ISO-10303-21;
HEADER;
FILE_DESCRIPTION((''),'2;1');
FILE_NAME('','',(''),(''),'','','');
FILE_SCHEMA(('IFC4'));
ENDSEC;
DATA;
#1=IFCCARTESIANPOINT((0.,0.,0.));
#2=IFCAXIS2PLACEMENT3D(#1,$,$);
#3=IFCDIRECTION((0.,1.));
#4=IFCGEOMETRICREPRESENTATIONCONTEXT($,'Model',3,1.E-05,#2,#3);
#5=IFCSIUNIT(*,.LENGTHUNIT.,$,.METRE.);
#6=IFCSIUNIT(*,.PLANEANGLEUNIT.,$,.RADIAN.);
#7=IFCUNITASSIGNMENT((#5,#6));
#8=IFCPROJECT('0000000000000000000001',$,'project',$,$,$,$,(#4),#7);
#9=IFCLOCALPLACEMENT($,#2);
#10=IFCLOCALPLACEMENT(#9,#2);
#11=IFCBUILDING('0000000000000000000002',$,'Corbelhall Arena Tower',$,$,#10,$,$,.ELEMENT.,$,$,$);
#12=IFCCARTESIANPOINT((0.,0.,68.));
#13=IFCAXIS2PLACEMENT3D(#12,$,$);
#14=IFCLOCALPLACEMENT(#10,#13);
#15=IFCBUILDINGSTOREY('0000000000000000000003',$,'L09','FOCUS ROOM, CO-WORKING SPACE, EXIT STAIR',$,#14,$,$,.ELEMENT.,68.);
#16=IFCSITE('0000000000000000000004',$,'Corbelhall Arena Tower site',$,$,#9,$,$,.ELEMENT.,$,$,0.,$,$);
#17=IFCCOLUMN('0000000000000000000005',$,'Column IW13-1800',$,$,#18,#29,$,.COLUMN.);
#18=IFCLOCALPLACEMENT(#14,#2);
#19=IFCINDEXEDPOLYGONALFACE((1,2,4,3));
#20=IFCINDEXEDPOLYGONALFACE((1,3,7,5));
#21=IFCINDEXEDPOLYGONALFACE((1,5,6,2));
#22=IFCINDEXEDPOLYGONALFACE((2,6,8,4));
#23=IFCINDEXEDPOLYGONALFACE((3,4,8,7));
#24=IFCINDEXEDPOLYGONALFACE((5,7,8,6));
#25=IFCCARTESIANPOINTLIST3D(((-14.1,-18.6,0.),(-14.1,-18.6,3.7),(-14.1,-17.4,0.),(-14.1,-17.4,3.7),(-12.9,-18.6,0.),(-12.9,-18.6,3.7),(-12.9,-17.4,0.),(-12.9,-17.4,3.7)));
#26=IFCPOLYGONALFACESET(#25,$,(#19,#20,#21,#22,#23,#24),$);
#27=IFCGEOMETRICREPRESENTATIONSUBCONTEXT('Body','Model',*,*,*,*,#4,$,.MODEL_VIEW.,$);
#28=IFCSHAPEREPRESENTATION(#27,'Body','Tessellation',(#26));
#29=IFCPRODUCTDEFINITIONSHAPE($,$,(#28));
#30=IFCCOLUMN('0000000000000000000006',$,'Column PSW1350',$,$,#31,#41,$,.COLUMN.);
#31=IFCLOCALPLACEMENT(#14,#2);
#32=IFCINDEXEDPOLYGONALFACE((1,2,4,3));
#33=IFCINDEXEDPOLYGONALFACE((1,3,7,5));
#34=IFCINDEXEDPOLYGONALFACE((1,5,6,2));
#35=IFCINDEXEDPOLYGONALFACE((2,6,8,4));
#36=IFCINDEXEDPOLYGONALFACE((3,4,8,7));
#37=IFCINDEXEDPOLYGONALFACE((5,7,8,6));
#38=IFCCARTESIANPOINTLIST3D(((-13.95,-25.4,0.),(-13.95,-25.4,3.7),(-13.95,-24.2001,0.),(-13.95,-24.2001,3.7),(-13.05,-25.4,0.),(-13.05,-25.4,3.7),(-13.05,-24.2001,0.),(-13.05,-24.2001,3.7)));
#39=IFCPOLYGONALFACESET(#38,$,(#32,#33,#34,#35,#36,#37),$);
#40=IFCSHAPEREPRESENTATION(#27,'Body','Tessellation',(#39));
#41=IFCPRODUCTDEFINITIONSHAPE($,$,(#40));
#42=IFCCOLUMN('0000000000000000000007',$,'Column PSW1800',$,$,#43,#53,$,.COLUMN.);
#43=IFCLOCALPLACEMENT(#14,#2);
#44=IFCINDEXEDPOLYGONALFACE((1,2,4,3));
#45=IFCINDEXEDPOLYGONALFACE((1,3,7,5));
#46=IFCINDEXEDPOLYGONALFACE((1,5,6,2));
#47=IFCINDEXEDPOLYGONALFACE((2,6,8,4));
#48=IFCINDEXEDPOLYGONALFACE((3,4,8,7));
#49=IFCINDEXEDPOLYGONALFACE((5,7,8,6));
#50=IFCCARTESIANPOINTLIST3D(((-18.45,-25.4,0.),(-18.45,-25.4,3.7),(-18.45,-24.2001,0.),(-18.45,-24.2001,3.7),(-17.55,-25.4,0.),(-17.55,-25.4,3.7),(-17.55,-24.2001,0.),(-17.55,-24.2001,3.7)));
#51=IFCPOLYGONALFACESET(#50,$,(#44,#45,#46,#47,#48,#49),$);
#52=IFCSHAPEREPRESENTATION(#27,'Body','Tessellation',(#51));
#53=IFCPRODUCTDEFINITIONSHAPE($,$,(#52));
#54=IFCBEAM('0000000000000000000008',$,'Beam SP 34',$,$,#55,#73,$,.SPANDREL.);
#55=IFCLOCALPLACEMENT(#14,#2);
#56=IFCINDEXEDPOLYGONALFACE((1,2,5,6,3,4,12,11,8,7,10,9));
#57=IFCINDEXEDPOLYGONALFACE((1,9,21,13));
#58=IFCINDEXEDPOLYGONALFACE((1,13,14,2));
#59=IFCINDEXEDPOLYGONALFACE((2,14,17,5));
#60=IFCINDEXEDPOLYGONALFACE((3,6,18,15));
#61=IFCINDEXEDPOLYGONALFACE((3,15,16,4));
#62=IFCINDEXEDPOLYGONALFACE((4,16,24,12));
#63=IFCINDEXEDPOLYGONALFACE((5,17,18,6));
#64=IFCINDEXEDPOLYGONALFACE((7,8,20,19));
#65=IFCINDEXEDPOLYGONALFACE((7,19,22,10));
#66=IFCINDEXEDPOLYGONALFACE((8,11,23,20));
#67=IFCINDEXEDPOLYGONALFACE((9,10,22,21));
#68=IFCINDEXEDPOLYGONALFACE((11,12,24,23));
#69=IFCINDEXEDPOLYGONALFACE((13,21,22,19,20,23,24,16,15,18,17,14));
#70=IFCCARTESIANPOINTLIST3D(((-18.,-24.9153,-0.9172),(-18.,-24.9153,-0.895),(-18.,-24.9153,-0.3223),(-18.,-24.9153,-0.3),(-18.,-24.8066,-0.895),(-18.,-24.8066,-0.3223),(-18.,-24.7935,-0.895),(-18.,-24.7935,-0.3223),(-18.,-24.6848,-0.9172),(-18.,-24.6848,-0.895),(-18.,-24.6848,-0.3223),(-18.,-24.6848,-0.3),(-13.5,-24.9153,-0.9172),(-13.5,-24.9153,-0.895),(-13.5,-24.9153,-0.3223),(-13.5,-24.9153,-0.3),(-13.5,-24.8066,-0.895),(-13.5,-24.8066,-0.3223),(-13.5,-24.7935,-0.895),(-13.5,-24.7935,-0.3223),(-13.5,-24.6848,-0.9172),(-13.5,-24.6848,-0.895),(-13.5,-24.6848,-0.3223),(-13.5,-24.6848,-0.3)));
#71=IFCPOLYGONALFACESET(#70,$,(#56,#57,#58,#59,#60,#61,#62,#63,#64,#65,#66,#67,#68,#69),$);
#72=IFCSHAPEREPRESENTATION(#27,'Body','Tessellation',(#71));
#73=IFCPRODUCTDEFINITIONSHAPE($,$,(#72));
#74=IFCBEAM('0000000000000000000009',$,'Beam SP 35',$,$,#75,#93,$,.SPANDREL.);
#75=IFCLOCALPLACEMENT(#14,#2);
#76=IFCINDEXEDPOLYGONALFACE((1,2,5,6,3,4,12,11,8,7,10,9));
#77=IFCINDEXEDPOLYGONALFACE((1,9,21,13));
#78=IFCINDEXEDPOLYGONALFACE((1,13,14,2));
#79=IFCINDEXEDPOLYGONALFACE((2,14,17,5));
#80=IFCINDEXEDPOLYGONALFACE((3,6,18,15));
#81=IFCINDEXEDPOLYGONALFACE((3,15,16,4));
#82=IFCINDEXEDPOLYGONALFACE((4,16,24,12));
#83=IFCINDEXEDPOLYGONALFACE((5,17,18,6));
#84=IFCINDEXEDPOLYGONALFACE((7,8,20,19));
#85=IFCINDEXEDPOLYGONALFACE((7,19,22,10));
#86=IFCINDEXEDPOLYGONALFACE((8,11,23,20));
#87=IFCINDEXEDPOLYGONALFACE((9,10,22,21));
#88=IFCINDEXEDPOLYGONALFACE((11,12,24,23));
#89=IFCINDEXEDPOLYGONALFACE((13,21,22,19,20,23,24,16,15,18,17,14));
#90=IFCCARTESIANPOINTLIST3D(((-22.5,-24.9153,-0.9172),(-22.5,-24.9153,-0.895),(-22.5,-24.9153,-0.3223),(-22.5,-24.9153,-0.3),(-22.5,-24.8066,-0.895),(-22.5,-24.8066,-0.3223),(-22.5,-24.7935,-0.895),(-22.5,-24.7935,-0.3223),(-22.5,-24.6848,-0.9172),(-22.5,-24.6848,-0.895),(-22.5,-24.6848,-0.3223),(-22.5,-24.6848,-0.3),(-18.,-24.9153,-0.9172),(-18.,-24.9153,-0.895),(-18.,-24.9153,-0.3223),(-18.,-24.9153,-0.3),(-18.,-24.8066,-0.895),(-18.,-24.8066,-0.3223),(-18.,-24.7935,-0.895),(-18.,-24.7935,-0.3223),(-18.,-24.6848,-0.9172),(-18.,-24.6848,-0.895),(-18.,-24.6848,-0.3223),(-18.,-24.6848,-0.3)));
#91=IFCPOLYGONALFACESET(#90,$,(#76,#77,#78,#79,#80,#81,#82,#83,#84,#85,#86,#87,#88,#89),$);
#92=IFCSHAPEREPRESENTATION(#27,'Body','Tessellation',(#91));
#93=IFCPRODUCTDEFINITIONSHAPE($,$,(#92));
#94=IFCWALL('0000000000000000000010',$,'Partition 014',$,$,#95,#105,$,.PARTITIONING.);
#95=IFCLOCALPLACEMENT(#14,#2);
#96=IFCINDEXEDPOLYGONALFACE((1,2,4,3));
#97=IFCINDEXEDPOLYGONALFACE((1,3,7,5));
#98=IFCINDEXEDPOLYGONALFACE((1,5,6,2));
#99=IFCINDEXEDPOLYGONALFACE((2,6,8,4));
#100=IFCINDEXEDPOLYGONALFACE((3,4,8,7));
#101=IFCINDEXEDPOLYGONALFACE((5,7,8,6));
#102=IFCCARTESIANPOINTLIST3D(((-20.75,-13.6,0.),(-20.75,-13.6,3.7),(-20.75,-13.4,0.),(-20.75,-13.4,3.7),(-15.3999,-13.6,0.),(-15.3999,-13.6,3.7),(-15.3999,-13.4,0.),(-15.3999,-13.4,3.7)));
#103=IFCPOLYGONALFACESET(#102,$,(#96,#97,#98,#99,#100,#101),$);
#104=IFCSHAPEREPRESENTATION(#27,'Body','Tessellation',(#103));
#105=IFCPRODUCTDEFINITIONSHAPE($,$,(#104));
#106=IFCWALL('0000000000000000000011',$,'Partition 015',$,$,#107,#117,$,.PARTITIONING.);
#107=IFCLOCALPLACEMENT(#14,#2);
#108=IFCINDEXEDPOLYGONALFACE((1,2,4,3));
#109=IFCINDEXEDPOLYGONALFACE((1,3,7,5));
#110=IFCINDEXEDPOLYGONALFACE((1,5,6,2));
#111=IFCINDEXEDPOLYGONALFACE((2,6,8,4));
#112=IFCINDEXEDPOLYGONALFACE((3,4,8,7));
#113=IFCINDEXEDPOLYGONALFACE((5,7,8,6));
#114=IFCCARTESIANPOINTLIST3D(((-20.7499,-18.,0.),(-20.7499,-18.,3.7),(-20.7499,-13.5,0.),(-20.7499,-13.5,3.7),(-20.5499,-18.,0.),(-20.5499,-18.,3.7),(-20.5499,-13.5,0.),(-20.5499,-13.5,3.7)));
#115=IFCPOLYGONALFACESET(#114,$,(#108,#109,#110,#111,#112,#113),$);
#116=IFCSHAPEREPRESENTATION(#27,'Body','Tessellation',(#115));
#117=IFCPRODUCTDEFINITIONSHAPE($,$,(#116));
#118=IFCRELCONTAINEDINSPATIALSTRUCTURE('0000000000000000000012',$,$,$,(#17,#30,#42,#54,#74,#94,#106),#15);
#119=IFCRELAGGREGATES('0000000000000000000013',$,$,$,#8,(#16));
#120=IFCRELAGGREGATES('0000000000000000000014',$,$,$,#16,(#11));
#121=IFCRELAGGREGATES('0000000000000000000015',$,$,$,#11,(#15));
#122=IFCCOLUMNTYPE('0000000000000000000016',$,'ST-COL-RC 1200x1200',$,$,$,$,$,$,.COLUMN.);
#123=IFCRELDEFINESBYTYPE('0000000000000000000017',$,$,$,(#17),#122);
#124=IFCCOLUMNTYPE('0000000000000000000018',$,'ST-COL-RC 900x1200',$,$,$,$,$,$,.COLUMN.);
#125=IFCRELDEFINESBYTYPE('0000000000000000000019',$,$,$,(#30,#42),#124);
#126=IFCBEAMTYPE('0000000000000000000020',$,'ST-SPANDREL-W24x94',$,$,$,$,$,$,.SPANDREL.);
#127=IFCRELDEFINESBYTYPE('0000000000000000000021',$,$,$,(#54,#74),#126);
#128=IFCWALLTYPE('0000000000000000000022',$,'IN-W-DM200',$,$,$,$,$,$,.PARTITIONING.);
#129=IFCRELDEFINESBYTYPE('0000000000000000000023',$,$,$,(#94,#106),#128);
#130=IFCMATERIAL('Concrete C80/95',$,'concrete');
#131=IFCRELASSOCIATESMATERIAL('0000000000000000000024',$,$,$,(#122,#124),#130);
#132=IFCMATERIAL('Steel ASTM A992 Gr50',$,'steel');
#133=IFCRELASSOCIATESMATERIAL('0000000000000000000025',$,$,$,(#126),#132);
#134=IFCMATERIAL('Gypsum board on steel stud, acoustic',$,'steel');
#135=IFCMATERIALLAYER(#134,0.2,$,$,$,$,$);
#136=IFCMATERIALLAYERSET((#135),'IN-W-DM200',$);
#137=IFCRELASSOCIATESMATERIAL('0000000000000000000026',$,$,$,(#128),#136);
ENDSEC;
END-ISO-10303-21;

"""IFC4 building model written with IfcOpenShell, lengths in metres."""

from ifc_helpers import new_model, si_unit, direction, frame, frame_2d, origin, origin_2d, place, context, subcontext, project, spatial, rectangle, i_section, extrude, material, layer, layer_set, material_profile, profile_set, type_object, element, save


model = new_model("IFC4")

# Units and contexts
model_context = context("Model", 3, precision=1e-05, world=origin(), true_north=direction((0.0, 1.0)))
body_context = subcontext(model_context, "Body", "Model", "MODEL_VIEW")
ifc_project = project(units=[si_unit("LENGTHUNIT", "METRE"), si_unit("PLANEANGLEUNIT", "RADIAN")], contexts=[model_context])

# Site, building, storey
site_placement = place(None, origin())
site = spatial("IfcSite", under=ifc_project, at=site_placement, Name="Corbelhall Arena Tower site", CompositionType="ELEMENT", RefElevation=0.0)
building_placement = place(site_placement, origin())
building = spatial("IfcBuilding", under=site, at=building_placement, Name="Corbelhall Arena Tower", CompositionType="ELEMENT")
storey_placement = place(building_placement, frame((0.0, 0.0, 68.0)))
storey = spatial("IfcBuildingStorey", under=building, at=storey_placement, Name="L09", Description="FOCUS ROOM, CO-WORKING SPACE, EXIT STAIR", CompositionType="ELEMENT", Elevation=68.0)

# Columns
ifc_material_1 = material(Name="Concrete C80/95", Category="concrete")
ifc_material_profile_1 = material_profile(ifc_material_1, rectangle(XDim=1.2, YDim=1.2, at=origin_2d()))
ifc_profile_set_1 = profile_set([ifc_material_profile_1], Name="Concrete C80/95")
column_type_1 = type_object("IfcColumnType", Name="ST-COL-RC 1200x1200", PredefinedType="COLUMN", material=ifc_profile_set_1)
column_placement = place(storey_placement, frame((-13.5, -18.0, 0.0), z_axis=(0.0, 0.0, 1.0), x_axis=(1.0, 0.0, 0.0)))
element("IfcColumn", 1, at=column_placement, inside=storey, type_object=column_type_1, Name="Column IW13-1800", PredefinedType="COLUMN", context=body_context, shape_type="SweptSolid", body=[
    extrude(rectangle(XDim=1.2, YDim=1.2, at=origin_2d()), origin(), (0.0, 0.0, 1.0), 3.7),
])
ifc_material_profile_2 = material_profile(ifc_material_1, rectangle(XDim=0.8999, YDim=1.2, at=origin_2d()))
ifc_profile_set_2 = profile_set([ifc_material_profile_2], Name="Concrete C80/95")
column_type_2 = type_object("IfcColumnType", Name="ST-COL-RC 900x1200", PredefinedType="COLUMN", material=ifc_profile_set_2)
for number, where, z_axis, x_axis, name in (
    (2, (-13.5, -24.8, 0.0), (0.0, 0.0, 1.0), (1.0, 0.0, 0.0), "Column PSW1350"),
    (3, (-18.0, -24.8, 0.0), (0.0, 0.0, 1.0), (1.0, 0.0, 0.0), "Column PSW1800"),
):
    element("IfcColumn", number, at=place(storey_placement, frame(where, z_axis=z_axis, x_axis=x_axis)), inside=storey, type_object=column_type_2, Name=name, PredefinedType="COLUMN", context=body_context, shape_type="SweptSolid", body=[
        extrude(rectangle(XDim=0.8999, YDim=1.2, at=origin_2d()), origin(), (0.0, 0.0, 1.0), 3.7),
    ])

# Beams
ifc_material_2 = material(Name="Steel ASTM A992 Gr50", Category="steel")
ifc_material_profile_3 = material_profile(ifc_material_2, i_section(OverallWidth=0.2305, OverallDepth=0.6172, WebThickness=0.0132, FlangeThickness=0.0222, at=origin_2d()))
ifc_profile_set_3 = profile_set([ifc_material_profile_3], Name="Steel ASTM A992 Gr50")
beam_type = type_object("IfcBeamType", Name="ST-SPANDREL-W24x94", PredefinedType="SPANDREL", material=ifc_profile_set_3)
for number, where, z_axis, x_axis, name in (
    (4, (-13.5, -24.8, -0.6086), (-1.0, 0.0, 0.0), (0.0, -1.0, 0.0), "Beam SP 34"),
    (5, (-18.0, -24.8, -0.6086), (-1.0, 0.0, 0.0), (0.0, -1.0, 0.0), "Beam SP 35"),
):
    element("IfcBeam", number, at=place(storey_placement, frame(where, z_axis=z_axis, x_axis=x_axis)), inside=storey, type_object=beam_type, Name=name, PredefinedType="SPANDREL", context=body_context, shape_type="SweptSolid", body=[
        extrude(i_section(OverallWidth=0.2305, OverallDepth=0.6172, WebThickness=0.0132, FlangeThickness=0.0222, at=origin_2d()), origin(), (0.0, 0.0, 1.0), 4.5),
    ])

# Walls
ifc_material_3 = material(Name="Gypsum board on steel stud, acoustic", Category="steel")
ifc_layer_1 = layer(ifc_material_3, 0.2)
ifc_layer_set_1 = layer_set([ifc_layer_1], Name="IN-W-DM200")
wall_type_1 = type_object("IfcWallType", Name="IN-W-DM200", PredefinedType="PARTITIONING", material=ifc_layer_set_1)
wall_1_placement = place(storey_placement, frame((-20.75, -13.5, 0.0), z_axis=(0.0, 0.0, 1.0), x_axis=(1.0, 0.0, 0.0)))
element("IfcWall", 6, at=wall_1_placement, inside=storey, type_object=wall_type_1, Name="Partition 014", PredefinedType="PARTITIONING", context=body_context, shape_type="SweptSolid", body=[
    extrude(rectangle(XDim=5.3501, YDim=0.2, at=frame_2d((2.675, 0.0))), origin(), (0.0, 0.0, 1.0), 3.7),
])
wall_2_placement = place(storey_placement, frame((-20.6499, -18.0, 0.0), z_axis=(0.0, 0.0, 1.0), x_axis=(0.0, 1.0, 0.0)))
element("IfcWall", 7, at=wall_2_placement, inside=storey, type_object=wall_type_1, Name="Partition 015", PredefinedType="PARTITIONING", context=body_context, shape_type="SweptSolid", body=[
    extrude(rectangle(XDim=4.5, YDim=0.2, at=frame_2d((2.25, 0.0))), origin(), (0.0, 0.0, 1.0), 3.7),
])

save(model, "model.ifc")
